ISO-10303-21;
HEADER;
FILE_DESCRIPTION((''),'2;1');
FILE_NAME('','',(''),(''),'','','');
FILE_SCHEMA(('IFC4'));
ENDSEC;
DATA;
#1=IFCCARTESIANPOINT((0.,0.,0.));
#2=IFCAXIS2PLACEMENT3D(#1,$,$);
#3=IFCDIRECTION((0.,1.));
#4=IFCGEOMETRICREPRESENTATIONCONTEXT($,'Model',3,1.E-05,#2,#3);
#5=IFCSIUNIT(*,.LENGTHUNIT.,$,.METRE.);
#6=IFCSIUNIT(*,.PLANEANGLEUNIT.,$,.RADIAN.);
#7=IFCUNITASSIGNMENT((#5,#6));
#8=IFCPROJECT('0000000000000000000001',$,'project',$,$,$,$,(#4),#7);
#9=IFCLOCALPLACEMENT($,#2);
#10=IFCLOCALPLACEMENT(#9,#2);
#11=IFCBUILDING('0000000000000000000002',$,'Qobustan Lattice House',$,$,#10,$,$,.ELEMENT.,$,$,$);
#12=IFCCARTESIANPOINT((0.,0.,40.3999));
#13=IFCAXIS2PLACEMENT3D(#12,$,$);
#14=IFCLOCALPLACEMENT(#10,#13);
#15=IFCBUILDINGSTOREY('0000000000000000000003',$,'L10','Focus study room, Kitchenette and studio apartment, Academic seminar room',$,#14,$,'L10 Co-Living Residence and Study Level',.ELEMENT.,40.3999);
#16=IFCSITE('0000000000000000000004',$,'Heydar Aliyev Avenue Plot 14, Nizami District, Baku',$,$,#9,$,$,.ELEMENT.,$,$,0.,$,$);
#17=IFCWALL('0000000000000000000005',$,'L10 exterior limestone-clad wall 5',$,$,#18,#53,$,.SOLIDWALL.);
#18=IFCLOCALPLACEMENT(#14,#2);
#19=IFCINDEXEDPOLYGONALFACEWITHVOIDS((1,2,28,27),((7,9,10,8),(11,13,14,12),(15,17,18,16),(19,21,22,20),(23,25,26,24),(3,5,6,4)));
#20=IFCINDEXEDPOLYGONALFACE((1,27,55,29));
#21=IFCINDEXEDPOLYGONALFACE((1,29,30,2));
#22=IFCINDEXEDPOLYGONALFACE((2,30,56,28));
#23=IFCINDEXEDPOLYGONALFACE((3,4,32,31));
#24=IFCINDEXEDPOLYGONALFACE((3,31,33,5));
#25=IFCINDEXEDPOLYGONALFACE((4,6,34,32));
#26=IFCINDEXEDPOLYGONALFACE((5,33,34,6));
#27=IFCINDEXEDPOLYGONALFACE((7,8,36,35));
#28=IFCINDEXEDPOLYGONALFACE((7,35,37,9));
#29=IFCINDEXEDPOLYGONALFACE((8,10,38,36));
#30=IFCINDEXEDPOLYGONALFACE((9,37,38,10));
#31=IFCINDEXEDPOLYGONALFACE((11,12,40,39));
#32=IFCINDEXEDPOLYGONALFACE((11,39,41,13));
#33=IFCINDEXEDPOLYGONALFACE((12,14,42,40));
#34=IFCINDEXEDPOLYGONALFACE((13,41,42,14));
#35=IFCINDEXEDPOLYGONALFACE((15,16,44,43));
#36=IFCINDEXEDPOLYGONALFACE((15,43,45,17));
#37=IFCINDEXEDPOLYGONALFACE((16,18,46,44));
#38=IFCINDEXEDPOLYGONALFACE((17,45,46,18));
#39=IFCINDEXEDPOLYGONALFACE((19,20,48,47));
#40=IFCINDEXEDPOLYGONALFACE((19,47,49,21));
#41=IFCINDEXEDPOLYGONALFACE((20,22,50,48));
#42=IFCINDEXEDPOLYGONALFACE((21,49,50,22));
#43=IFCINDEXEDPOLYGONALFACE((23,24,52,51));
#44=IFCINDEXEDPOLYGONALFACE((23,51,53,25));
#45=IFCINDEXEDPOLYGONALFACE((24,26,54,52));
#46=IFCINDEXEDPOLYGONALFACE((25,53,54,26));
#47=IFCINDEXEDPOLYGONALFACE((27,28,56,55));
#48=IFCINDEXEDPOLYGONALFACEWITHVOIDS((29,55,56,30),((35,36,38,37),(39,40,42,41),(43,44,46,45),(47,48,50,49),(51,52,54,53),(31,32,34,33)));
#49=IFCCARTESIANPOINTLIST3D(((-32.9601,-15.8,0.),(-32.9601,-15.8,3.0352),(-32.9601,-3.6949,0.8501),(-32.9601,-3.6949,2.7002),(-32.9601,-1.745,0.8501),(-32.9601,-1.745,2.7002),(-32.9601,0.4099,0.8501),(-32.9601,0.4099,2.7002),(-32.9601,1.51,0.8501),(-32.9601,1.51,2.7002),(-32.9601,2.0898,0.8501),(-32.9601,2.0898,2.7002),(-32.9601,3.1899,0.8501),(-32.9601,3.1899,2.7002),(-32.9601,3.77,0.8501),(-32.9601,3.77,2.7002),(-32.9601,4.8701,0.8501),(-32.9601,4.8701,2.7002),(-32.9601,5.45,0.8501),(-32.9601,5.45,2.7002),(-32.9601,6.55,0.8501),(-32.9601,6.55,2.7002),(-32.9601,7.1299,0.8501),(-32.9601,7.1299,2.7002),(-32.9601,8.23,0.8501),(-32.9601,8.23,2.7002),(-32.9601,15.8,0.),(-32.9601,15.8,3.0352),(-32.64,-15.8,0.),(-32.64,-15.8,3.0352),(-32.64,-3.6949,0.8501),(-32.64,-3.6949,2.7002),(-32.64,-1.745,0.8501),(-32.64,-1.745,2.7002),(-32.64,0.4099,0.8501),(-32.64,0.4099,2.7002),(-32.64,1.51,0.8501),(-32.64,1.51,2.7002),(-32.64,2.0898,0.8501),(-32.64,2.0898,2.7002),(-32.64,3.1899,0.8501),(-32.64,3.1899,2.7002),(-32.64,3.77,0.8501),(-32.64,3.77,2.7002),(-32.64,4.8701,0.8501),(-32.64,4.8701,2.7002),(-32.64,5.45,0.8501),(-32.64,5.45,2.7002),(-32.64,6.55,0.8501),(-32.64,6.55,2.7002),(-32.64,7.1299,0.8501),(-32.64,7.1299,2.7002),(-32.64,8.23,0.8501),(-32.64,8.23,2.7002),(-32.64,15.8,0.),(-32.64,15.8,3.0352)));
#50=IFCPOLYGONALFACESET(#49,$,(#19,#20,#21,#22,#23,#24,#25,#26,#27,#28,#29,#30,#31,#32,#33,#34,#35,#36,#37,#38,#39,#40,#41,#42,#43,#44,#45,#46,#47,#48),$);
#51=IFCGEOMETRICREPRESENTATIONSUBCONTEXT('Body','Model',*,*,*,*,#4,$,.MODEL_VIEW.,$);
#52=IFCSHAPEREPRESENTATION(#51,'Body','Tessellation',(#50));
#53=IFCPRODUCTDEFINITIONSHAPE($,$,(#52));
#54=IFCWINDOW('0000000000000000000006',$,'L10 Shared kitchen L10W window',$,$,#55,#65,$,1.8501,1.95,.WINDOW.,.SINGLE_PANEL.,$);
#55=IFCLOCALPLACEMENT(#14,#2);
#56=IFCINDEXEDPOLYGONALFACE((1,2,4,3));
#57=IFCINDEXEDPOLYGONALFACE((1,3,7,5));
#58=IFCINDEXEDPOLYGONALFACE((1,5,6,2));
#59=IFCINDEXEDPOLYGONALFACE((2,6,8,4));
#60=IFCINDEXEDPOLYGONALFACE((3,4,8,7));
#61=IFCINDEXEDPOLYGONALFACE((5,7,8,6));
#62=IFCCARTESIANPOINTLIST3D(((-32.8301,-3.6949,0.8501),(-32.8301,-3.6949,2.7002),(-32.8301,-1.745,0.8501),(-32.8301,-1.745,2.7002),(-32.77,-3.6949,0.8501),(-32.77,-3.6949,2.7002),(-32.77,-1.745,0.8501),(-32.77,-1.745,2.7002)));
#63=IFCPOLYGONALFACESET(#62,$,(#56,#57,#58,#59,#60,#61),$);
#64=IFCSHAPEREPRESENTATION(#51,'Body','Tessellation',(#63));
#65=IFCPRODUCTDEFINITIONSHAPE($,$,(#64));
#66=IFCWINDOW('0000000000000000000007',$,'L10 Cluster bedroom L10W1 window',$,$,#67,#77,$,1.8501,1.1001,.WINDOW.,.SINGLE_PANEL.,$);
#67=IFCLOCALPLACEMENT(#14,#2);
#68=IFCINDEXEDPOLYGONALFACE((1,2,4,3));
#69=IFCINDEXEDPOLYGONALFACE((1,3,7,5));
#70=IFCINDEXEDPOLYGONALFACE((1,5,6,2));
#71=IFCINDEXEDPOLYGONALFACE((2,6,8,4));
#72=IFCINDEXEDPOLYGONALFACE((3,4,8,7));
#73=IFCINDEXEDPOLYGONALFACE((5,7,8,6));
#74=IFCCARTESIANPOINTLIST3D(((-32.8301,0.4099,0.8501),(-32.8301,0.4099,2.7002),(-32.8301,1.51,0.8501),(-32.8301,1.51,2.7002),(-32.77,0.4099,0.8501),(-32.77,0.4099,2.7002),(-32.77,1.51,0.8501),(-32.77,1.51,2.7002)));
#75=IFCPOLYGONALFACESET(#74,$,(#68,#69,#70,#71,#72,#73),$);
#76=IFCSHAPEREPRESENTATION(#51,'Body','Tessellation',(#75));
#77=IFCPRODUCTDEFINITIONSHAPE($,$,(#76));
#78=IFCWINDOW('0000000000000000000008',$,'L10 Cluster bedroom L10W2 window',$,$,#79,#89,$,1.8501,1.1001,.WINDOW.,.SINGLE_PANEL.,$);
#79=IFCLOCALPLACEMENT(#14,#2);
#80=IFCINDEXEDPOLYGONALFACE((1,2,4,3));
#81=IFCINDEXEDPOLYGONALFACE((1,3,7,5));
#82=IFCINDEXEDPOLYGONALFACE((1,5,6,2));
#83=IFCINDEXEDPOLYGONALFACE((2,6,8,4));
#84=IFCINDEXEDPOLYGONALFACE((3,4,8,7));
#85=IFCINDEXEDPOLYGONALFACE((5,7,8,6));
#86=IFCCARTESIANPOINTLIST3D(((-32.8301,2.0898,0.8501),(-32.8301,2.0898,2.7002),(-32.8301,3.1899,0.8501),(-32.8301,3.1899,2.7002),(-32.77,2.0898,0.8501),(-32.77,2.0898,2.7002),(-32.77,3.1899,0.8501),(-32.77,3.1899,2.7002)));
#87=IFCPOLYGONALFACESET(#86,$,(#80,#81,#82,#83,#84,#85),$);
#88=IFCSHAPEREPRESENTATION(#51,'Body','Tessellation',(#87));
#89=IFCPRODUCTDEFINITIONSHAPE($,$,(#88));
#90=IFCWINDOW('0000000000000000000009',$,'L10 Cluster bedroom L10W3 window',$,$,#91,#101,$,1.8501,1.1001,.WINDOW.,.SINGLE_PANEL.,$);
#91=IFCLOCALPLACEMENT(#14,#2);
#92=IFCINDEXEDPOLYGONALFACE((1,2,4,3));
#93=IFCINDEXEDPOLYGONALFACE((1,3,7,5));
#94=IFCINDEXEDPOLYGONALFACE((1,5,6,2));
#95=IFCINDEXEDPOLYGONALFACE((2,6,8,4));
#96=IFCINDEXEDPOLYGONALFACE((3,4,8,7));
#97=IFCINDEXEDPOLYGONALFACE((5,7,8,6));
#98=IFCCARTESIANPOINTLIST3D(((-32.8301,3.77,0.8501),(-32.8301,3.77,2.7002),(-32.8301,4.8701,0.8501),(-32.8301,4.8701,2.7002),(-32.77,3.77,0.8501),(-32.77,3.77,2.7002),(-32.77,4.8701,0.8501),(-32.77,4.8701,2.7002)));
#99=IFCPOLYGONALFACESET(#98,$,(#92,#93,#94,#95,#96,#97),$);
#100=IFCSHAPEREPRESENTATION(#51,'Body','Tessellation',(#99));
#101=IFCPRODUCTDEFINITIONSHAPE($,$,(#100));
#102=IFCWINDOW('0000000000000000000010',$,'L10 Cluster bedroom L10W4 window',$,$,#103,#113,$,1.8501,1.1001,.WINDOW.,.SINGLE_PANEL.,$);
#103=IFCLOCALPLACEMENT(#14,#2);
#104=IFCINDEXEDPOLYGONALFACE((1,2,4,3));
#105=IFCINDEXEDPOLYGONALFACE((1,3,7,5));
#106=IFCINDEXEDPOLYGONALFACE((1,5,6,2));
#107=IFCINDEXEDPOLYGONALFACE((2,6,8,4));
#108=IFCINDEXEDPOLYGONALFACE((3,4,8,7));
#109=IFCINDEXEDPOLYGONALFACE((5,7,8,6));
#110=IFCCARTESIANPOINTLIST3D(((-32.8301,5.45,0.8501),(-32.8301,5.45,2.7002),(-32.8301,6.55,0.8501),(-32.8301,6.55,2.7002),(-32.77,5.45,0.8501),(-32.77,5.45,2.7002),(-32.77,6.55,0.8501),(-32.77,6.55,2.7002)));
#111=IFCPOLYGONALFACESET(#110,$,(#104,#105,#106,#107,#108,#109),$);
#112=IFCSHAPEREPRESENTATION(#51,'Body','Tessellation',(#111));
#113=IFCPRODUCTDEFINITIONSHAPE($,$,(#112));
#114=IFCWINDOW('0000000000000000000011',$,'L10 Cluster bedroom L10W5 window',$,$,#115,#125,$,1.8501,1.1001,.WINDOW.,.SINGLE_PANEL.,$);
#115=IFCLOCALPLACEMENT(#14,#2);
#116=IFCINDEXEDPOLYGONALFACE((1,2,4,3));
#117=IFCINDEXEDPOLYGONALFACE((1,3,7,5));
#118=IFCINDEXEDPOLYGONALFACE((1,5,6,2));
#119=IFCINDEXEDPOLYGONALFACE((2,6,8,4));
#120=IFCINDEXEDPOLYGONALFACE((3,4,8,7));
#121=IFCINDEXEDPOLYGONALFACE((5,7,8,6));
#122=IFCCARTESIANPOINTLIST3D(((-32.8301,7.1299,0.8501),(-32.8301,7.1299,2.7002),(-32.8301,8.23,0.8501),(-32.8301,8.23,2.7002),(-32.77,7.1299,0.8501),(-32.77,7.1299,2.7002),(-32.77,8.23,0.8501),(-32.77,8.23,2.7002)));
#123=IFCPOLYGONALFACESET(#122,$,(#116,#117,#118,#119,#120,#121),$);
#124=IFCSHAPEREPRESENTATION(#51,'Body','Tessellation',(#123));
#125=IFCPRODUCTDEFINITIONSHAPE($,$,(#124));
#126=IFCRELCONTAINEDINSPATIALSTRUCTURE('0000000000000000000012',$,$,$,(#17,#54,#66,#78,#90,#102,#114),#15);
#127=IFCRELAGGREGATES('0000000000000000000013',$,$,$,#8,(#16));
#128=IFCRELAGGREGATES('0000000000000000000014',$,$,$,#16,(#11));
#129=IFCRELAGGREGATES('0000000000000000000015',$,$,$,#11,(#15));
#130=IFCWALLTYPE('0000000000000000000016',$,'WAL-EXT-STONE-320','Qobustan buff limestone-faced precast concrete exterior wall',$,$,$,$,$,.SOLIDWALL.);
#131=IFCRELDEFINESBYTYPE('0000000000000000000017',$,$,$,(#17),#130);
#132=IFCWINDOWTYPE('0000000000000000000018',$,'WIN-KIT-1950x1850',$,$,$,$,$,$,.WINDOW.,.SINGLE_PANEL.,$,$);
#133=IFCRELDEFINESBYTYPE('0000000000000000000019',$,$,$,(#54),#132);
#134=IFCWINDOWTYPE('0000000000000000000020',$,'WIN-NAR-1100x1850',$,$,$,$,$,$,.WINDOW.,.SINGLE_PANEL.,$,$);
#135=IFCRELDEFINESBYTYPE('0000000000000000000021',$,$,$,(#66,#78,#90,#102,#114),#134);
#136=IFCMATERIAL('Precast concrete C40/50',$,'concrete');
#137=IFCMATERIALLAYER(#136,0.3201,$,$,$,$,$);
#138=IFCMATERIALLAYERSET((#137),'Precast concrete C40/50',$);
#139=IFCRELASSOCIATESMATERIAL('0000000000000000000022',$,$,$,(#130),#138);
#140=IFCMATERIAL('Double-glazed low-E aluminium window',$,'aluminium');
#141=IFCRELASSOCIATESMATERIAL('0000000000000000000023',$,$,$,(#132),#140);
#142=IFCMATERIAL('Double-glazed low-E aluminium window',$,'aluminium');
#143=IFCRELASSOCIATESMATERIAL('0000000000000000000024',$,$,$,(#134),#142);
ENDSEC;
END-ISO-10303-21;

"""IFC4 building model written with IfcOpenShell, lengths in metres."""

from ifc_helpers import new_model, si_unit, direction, frame, frame_2d, origin, place, context, subcontext, project, spatial, rectangle, extrude, material, layer, layer_set, type_object, element, fill, save


model = new_model("IFC4")

# Units and contexts
model_context = context("Model", 3, precision=1e-05, world=origin(), true_north=direction((0.0, 1.0)))
body_context = subcontext(model_context, "Body", "Model", "MODEL_VIEW")
ifc_project = project(units=[si_unit("LENGTHUNIT", "METRE"), si_unit("PLANEANGLEUNIT", "RADIAN")], contexts=[model_context])

# Site, building, storey
site_placement = place(None, origin())
site = spatial("IfcSite", under=ifc_project, at=site_placement, Name="Heydar Aliyev Avenue Plot 14, Nizami District, Baku", CompositionType="ELEMENT", RefElevation=0.0)
building_placement = place(site_placement, origin())
building = spatial("IfcBuilding", under=site, at=building_placement, Name="Qobustan Lattice House", CompositionType="ELEMENT")
storey_placement = place(building_placement, frame((0.0, 0.0, 40.3999)))
storey = spatial("IfcBuildingStorey", under=building, at=storey_placement, Name="L10", Description="Focus study room, Kitchenette and studio apartment, Academic seminar room", LongName="L10 Co-Living Residence and Study Level", CompositionType="ELEMENT", Elevation=40.3999)

# Shared definitions
ifc_material_1 = material(Name="Precast concrete C40/50", Category="concrete")
ifc_layer_1 = layer(ifc_material_1, 0.3201)
ifc_layer_set_1 = layer_set([ifc_layer_1], Name="Precast concrete C40/50")
wall_type = type_object("IfcWallType", Name="WAL-EXT-STONE-320", Description="Qobustan buff limestone-faced precast concrete exterior wall", PredefinedType="SOLIDWALL", material=ifc_layer_set_1)

# Wall, openings, windows
wall_1_placement = place(storey_placement, frame((-32.8, -15.8, 0.0), z_axis=(0.0, 0.0, 1.0), x_axis=(0.0, 1.0, 0.0)))
wall_1 = element("IfcWall", 1, at=wall_1_placement, inside=storey, type_object=wall_type, Name="L10 exterior limestone-clad wall 5", PredefinedType="SOLIDWALL", context=body_context, shape_type="SweptSolid", body=[
    extrude(rectangle(XDim=31.6001, YDim=0.3201, at=frame_2d((15.8, 0.0))), origin(), (0.0, 0.0, 1.0), 3.0352),
])
opening_1_placement = place(wall_1_placement, frame((12.105, 0.0, 0.8501)))
opening_1 = element("IfcOpeningElement", 2, at=opening_1_placement, cuts=wall_1, PredefinedType="OPENING", context=body_context, shape_type="SweptSolid", body=[
    extrude(rectangle(XDim=1.95, YDim=1.8501, at=frame_2d((0.9751, 0.925))), frame((0.0, 0.1699, 0.0), z_axis=(0.0, -1.0, 0.0), x_axis=(1.0, 0.0, 0.0)), (0.0, 0.0, 1.0), 0.3401),
])
opening_2_placement = place(wall_1_placement, frame((16.21, 0.0, 0.8501)))
opening_2 = element("IfcOpeningElement", 3, at=opening_2_placement, cuts=wall_1, PredefinedType="OPENING", context=body_context, shape_type="SweptSolid", body=[
    extrude(rectangle(XDim=1.1001, YDim=1.8501, at=frame_2d((0.55, 0.925))), frame((0.0, 0.1699, 0.0), z_axis=(0.0, -1.0, 0.0), x_axis=(1.0, 0.0, 0.0)), (0.0, 0.0, 1.0), 0.3401),
])
opening_3_placement = place(wall_1_placement, frame((17.8899, 0.0, 0.8501)))
opening_3 = element("IfcOpeningElement", 4, at=opening_3_placement, cuts=wall_1, PredefinedType="OPENING", context=body_context, shape_type="SweptSolid", body=[
    extrude(rectangle(XDim=1.1001, YDim=1.8501, at=frame_2d((0.55, 0.925))), frame((0.0, 0.1699, 0.0), z_axis=(0.0, -1.0, 0.0), x_axis=(1.0, 0.0, 0.0)), (0.0, 0.0, 1.0), 0.3401),
])
opening_4_placement = place(wall_1_placement, frame((19.5701, 0.0, 0.8501)))
opening_4 = element("IfcOpeningElement", 5, at=opening_4_placement, cuts=wall_1, PredefinedType="OPENING", context=body_context, shape_type="SweptSolid", body=[
    extrude(rectangle(XDim=1.1001, YDim=1.8501, at=frame_2d((0.55, 0.925))), frame((0.0, 0.1699, 0.0), z_axis=(0.0, -1.0, 0.0), x_axis=(1.0, 0.0, 0.0)), (0.0, 0.0, 1.0), 0.3401),
])
opening_5_placement = place(wall_1_placement, frame((21.25, 0.0, 0.8501)))
opening_5 = element("IfcOpeningElement", 6, at=opening_5_placement, cuts=wall_1, PredefinedType="OPENING", context=body_context, shape_type="SweptSolid", body=[
    extrude(rectangle(XDim=1.1001, YDim=1.8501, at=frame_2d((0.55, 0.925))), frame((0.0, 0.1699, 0.0), z_axis=(0.0, -1.0, 0.0), x_axis=(1.0, 0.0, 0.0)), (0.0, 0.0, 1.0), 0.3401),
])
opening_6_placement = place(wall_1_placement, frame((22.9299, 0.0, 0.8501)))
opening_6 = element("IfcOpeningElement", 7, at=opening_6_placement, cuts=wall_1, PredefinedType="OPENING", context=body_context, shape_type="SweptSolid", body=[
    extrude(rectangle(XDim=1.1001, YDim=1.8501, at=frame_2d((0.55, 0.925))), frame((0.0, 0.1699, 0.0), z_axis=(0.0, -1.0, 0.0), x_axis=(1.0, 0.0, 0.0)), (0.0, 0.0, 1.0), 0.3401),
])
ifc_material_2 = material(Name="Double-glazed low-E aluminium window", Category="aluminium")
window_type_1 = type_object("IfcWindowType", Name="WIN-KIT-1950x1850", PartitioningType="SINGLE_PANEL", PredefinedType="WINDOW", material=ifc_material_2)
window_1_placement = place(opening_1_placement, origin())
window_1 = element("IfcWindow", 8, at=window_1_placement, inside=storey, type_object=window_type_1, Name="L10 Shared kitchen L10W window", OverallHeight=1.8501, OverallWidth=1.95, PartitioningType="SINGLE_PANEL", PredefinedType="WINDOW", context=body_context, shape_type="SweptSolid", body=[
    extrude(rectangle(XDim=1.95, YDim=1.8501, at=frame_2d((0.9751, 0.925))), frame((0.0, 0.03, 0.0), z_axis=(0.0, -1.0, 0.0), x_axis=(1.0, 0.0, 0.0)), (0.0, 0.0, 1.0), 0.0601),
])
fill(opening_1, window_1)
ifc_material_3 = material(Name="Double-glazed low-E aluminium window", Category="aluminium")
window_type_2 = type_object("IfcWindowType", Name="WIN-NAR-1100x1850", PartitioningType="SINGLE_PANEL", PredefinedType="WINDOW", material=ifc_material_3)
window_2_placement = place(opening_2_placement, origin())
window_2 = element("IfcWindow", 9, at=window_2_placement, inside=storey, type_object=window_type_2, Name="L10 Cluster bedroom L10W1 window", OverallHeight=1.8501, OverallWidth=1.1001, PartitioningType="SINGLE_PANEL", PredefinedType="WINDOW", context=body_context, shape_type="SweptSolid", body=[
    extrude(rectangle(XDim=1.1001, YDim=1.8501, at=frame_2d((0.55, 0.925))), frame((0.0, 0.03, 0.0), z_axis=(0.0, -1.0, 0.0), x_axis=(1.0, 0.0, 0.0)), (0.0, 0.0, 1.0), 0.0601),
])
fill(opening_2, window_2)
window_3_placement = place(opening_3_placement, origin())
window_3 = element("IfcWindow", 10, at=window_3_placement, inside=storey, type_object=window_type_2, Name="L10 Cluster bedroom L10W2 window", OverallHeight=1.8501, OverallWidth=1.1001, PartitioningType="SINGLE_PANEL", PredefinedType="WINDOW", context=body_context, shape_type="SweptSolid", body=[
    extrude(rectangle(XDim=1.1001, YDim=1.8501, at=frame_2d((0.55, 0.925))), frame((0.0, 0.03, 0.0), z_axis=(0.0, -1.0, 0.0), x_axis=(1.0, 0.0, 0.0)), (0.0, 0.0, 1.0), 0.0601),
])
fill(opening_3, window_3)
window_4_placement = place(opening_4_placement, origin())
window_4 = element("IfcWindow", 11, at=window_4_placement, inside=storey, type_object=window_type_2, Name="L10 Cluster bedroom L10W3 window", OverallHeight=1.8501, OverallWidth=1.1001, PartitioningType="SINGLE_PANEL", PredefinedType="WINDOW", context=body_context, shape_type="SweptSolid", body=[
    extrude(rectangle(XDim=1.1001, YDim=1.8501, at=frame_2d((0.55, 0.925))), frame((0.0, 0.03, 0.0), z_axis=(0.0, -1.0, 0.0), x_axis=(1.0, 0.0, 0.0)), (0.0, 0.0, 1.0), 0.0601),
])
fill(opening_4, window_4)
window_5_placement = place(opening_5_placement, origin())
window_5 = element("IfcWindow", 12, at=window_5_placement, inside=storey, type_object=window_type_2, Name="L10 Cluster bedroom L10W4 window", OverallHeight=1.8501, OverallWidth=1.1001, PartitioningType="SINGLE_PANEL", PredefinedType="WINDOW", context=body_context, shape_type="SweptSolid", body=[
    extrude(rectangle(XDim=1.1001, YDim=1.8501, at=frame_2d((0.55, 0.925))), frame((0.0, 0.03, 0.0), z_axis=(0.0, -1.0, 0.0), x_axis=(1.0, 0.0, 0.0)), (0.0, 0.0, 1.0), 0.0601),
])
fill(opening_5, window_5)
window_6_placement = place(opening_6_placement, origin())
window_6 = element("IfcWindow", 13, at=window_6_placement, inside=storey, type_object=window_type_2, Name="L10 Cluster bedroom L10W5 window", OverallHeight=1.8501, OverallWidth=1.1001, PartitioningType="SINGLE_PANEL", PredefinedType="WINDOW", context=body_context, shape_type="SweptSolid", body=[
    extrude(rectangle(XDim=1.1001, YDim=1.8501, at=frame_2d((0.55, 0.925))), frame((0.0, 0.03, 0.0), z_axis=(0.0, -1.0, 0.0), x_axis=(1.0, 0.0, 0.0)), (0.0, 0.0, 1.0), 0.0601),
])
fill(opening_6, window_6)

save(model, "model.ifc")
